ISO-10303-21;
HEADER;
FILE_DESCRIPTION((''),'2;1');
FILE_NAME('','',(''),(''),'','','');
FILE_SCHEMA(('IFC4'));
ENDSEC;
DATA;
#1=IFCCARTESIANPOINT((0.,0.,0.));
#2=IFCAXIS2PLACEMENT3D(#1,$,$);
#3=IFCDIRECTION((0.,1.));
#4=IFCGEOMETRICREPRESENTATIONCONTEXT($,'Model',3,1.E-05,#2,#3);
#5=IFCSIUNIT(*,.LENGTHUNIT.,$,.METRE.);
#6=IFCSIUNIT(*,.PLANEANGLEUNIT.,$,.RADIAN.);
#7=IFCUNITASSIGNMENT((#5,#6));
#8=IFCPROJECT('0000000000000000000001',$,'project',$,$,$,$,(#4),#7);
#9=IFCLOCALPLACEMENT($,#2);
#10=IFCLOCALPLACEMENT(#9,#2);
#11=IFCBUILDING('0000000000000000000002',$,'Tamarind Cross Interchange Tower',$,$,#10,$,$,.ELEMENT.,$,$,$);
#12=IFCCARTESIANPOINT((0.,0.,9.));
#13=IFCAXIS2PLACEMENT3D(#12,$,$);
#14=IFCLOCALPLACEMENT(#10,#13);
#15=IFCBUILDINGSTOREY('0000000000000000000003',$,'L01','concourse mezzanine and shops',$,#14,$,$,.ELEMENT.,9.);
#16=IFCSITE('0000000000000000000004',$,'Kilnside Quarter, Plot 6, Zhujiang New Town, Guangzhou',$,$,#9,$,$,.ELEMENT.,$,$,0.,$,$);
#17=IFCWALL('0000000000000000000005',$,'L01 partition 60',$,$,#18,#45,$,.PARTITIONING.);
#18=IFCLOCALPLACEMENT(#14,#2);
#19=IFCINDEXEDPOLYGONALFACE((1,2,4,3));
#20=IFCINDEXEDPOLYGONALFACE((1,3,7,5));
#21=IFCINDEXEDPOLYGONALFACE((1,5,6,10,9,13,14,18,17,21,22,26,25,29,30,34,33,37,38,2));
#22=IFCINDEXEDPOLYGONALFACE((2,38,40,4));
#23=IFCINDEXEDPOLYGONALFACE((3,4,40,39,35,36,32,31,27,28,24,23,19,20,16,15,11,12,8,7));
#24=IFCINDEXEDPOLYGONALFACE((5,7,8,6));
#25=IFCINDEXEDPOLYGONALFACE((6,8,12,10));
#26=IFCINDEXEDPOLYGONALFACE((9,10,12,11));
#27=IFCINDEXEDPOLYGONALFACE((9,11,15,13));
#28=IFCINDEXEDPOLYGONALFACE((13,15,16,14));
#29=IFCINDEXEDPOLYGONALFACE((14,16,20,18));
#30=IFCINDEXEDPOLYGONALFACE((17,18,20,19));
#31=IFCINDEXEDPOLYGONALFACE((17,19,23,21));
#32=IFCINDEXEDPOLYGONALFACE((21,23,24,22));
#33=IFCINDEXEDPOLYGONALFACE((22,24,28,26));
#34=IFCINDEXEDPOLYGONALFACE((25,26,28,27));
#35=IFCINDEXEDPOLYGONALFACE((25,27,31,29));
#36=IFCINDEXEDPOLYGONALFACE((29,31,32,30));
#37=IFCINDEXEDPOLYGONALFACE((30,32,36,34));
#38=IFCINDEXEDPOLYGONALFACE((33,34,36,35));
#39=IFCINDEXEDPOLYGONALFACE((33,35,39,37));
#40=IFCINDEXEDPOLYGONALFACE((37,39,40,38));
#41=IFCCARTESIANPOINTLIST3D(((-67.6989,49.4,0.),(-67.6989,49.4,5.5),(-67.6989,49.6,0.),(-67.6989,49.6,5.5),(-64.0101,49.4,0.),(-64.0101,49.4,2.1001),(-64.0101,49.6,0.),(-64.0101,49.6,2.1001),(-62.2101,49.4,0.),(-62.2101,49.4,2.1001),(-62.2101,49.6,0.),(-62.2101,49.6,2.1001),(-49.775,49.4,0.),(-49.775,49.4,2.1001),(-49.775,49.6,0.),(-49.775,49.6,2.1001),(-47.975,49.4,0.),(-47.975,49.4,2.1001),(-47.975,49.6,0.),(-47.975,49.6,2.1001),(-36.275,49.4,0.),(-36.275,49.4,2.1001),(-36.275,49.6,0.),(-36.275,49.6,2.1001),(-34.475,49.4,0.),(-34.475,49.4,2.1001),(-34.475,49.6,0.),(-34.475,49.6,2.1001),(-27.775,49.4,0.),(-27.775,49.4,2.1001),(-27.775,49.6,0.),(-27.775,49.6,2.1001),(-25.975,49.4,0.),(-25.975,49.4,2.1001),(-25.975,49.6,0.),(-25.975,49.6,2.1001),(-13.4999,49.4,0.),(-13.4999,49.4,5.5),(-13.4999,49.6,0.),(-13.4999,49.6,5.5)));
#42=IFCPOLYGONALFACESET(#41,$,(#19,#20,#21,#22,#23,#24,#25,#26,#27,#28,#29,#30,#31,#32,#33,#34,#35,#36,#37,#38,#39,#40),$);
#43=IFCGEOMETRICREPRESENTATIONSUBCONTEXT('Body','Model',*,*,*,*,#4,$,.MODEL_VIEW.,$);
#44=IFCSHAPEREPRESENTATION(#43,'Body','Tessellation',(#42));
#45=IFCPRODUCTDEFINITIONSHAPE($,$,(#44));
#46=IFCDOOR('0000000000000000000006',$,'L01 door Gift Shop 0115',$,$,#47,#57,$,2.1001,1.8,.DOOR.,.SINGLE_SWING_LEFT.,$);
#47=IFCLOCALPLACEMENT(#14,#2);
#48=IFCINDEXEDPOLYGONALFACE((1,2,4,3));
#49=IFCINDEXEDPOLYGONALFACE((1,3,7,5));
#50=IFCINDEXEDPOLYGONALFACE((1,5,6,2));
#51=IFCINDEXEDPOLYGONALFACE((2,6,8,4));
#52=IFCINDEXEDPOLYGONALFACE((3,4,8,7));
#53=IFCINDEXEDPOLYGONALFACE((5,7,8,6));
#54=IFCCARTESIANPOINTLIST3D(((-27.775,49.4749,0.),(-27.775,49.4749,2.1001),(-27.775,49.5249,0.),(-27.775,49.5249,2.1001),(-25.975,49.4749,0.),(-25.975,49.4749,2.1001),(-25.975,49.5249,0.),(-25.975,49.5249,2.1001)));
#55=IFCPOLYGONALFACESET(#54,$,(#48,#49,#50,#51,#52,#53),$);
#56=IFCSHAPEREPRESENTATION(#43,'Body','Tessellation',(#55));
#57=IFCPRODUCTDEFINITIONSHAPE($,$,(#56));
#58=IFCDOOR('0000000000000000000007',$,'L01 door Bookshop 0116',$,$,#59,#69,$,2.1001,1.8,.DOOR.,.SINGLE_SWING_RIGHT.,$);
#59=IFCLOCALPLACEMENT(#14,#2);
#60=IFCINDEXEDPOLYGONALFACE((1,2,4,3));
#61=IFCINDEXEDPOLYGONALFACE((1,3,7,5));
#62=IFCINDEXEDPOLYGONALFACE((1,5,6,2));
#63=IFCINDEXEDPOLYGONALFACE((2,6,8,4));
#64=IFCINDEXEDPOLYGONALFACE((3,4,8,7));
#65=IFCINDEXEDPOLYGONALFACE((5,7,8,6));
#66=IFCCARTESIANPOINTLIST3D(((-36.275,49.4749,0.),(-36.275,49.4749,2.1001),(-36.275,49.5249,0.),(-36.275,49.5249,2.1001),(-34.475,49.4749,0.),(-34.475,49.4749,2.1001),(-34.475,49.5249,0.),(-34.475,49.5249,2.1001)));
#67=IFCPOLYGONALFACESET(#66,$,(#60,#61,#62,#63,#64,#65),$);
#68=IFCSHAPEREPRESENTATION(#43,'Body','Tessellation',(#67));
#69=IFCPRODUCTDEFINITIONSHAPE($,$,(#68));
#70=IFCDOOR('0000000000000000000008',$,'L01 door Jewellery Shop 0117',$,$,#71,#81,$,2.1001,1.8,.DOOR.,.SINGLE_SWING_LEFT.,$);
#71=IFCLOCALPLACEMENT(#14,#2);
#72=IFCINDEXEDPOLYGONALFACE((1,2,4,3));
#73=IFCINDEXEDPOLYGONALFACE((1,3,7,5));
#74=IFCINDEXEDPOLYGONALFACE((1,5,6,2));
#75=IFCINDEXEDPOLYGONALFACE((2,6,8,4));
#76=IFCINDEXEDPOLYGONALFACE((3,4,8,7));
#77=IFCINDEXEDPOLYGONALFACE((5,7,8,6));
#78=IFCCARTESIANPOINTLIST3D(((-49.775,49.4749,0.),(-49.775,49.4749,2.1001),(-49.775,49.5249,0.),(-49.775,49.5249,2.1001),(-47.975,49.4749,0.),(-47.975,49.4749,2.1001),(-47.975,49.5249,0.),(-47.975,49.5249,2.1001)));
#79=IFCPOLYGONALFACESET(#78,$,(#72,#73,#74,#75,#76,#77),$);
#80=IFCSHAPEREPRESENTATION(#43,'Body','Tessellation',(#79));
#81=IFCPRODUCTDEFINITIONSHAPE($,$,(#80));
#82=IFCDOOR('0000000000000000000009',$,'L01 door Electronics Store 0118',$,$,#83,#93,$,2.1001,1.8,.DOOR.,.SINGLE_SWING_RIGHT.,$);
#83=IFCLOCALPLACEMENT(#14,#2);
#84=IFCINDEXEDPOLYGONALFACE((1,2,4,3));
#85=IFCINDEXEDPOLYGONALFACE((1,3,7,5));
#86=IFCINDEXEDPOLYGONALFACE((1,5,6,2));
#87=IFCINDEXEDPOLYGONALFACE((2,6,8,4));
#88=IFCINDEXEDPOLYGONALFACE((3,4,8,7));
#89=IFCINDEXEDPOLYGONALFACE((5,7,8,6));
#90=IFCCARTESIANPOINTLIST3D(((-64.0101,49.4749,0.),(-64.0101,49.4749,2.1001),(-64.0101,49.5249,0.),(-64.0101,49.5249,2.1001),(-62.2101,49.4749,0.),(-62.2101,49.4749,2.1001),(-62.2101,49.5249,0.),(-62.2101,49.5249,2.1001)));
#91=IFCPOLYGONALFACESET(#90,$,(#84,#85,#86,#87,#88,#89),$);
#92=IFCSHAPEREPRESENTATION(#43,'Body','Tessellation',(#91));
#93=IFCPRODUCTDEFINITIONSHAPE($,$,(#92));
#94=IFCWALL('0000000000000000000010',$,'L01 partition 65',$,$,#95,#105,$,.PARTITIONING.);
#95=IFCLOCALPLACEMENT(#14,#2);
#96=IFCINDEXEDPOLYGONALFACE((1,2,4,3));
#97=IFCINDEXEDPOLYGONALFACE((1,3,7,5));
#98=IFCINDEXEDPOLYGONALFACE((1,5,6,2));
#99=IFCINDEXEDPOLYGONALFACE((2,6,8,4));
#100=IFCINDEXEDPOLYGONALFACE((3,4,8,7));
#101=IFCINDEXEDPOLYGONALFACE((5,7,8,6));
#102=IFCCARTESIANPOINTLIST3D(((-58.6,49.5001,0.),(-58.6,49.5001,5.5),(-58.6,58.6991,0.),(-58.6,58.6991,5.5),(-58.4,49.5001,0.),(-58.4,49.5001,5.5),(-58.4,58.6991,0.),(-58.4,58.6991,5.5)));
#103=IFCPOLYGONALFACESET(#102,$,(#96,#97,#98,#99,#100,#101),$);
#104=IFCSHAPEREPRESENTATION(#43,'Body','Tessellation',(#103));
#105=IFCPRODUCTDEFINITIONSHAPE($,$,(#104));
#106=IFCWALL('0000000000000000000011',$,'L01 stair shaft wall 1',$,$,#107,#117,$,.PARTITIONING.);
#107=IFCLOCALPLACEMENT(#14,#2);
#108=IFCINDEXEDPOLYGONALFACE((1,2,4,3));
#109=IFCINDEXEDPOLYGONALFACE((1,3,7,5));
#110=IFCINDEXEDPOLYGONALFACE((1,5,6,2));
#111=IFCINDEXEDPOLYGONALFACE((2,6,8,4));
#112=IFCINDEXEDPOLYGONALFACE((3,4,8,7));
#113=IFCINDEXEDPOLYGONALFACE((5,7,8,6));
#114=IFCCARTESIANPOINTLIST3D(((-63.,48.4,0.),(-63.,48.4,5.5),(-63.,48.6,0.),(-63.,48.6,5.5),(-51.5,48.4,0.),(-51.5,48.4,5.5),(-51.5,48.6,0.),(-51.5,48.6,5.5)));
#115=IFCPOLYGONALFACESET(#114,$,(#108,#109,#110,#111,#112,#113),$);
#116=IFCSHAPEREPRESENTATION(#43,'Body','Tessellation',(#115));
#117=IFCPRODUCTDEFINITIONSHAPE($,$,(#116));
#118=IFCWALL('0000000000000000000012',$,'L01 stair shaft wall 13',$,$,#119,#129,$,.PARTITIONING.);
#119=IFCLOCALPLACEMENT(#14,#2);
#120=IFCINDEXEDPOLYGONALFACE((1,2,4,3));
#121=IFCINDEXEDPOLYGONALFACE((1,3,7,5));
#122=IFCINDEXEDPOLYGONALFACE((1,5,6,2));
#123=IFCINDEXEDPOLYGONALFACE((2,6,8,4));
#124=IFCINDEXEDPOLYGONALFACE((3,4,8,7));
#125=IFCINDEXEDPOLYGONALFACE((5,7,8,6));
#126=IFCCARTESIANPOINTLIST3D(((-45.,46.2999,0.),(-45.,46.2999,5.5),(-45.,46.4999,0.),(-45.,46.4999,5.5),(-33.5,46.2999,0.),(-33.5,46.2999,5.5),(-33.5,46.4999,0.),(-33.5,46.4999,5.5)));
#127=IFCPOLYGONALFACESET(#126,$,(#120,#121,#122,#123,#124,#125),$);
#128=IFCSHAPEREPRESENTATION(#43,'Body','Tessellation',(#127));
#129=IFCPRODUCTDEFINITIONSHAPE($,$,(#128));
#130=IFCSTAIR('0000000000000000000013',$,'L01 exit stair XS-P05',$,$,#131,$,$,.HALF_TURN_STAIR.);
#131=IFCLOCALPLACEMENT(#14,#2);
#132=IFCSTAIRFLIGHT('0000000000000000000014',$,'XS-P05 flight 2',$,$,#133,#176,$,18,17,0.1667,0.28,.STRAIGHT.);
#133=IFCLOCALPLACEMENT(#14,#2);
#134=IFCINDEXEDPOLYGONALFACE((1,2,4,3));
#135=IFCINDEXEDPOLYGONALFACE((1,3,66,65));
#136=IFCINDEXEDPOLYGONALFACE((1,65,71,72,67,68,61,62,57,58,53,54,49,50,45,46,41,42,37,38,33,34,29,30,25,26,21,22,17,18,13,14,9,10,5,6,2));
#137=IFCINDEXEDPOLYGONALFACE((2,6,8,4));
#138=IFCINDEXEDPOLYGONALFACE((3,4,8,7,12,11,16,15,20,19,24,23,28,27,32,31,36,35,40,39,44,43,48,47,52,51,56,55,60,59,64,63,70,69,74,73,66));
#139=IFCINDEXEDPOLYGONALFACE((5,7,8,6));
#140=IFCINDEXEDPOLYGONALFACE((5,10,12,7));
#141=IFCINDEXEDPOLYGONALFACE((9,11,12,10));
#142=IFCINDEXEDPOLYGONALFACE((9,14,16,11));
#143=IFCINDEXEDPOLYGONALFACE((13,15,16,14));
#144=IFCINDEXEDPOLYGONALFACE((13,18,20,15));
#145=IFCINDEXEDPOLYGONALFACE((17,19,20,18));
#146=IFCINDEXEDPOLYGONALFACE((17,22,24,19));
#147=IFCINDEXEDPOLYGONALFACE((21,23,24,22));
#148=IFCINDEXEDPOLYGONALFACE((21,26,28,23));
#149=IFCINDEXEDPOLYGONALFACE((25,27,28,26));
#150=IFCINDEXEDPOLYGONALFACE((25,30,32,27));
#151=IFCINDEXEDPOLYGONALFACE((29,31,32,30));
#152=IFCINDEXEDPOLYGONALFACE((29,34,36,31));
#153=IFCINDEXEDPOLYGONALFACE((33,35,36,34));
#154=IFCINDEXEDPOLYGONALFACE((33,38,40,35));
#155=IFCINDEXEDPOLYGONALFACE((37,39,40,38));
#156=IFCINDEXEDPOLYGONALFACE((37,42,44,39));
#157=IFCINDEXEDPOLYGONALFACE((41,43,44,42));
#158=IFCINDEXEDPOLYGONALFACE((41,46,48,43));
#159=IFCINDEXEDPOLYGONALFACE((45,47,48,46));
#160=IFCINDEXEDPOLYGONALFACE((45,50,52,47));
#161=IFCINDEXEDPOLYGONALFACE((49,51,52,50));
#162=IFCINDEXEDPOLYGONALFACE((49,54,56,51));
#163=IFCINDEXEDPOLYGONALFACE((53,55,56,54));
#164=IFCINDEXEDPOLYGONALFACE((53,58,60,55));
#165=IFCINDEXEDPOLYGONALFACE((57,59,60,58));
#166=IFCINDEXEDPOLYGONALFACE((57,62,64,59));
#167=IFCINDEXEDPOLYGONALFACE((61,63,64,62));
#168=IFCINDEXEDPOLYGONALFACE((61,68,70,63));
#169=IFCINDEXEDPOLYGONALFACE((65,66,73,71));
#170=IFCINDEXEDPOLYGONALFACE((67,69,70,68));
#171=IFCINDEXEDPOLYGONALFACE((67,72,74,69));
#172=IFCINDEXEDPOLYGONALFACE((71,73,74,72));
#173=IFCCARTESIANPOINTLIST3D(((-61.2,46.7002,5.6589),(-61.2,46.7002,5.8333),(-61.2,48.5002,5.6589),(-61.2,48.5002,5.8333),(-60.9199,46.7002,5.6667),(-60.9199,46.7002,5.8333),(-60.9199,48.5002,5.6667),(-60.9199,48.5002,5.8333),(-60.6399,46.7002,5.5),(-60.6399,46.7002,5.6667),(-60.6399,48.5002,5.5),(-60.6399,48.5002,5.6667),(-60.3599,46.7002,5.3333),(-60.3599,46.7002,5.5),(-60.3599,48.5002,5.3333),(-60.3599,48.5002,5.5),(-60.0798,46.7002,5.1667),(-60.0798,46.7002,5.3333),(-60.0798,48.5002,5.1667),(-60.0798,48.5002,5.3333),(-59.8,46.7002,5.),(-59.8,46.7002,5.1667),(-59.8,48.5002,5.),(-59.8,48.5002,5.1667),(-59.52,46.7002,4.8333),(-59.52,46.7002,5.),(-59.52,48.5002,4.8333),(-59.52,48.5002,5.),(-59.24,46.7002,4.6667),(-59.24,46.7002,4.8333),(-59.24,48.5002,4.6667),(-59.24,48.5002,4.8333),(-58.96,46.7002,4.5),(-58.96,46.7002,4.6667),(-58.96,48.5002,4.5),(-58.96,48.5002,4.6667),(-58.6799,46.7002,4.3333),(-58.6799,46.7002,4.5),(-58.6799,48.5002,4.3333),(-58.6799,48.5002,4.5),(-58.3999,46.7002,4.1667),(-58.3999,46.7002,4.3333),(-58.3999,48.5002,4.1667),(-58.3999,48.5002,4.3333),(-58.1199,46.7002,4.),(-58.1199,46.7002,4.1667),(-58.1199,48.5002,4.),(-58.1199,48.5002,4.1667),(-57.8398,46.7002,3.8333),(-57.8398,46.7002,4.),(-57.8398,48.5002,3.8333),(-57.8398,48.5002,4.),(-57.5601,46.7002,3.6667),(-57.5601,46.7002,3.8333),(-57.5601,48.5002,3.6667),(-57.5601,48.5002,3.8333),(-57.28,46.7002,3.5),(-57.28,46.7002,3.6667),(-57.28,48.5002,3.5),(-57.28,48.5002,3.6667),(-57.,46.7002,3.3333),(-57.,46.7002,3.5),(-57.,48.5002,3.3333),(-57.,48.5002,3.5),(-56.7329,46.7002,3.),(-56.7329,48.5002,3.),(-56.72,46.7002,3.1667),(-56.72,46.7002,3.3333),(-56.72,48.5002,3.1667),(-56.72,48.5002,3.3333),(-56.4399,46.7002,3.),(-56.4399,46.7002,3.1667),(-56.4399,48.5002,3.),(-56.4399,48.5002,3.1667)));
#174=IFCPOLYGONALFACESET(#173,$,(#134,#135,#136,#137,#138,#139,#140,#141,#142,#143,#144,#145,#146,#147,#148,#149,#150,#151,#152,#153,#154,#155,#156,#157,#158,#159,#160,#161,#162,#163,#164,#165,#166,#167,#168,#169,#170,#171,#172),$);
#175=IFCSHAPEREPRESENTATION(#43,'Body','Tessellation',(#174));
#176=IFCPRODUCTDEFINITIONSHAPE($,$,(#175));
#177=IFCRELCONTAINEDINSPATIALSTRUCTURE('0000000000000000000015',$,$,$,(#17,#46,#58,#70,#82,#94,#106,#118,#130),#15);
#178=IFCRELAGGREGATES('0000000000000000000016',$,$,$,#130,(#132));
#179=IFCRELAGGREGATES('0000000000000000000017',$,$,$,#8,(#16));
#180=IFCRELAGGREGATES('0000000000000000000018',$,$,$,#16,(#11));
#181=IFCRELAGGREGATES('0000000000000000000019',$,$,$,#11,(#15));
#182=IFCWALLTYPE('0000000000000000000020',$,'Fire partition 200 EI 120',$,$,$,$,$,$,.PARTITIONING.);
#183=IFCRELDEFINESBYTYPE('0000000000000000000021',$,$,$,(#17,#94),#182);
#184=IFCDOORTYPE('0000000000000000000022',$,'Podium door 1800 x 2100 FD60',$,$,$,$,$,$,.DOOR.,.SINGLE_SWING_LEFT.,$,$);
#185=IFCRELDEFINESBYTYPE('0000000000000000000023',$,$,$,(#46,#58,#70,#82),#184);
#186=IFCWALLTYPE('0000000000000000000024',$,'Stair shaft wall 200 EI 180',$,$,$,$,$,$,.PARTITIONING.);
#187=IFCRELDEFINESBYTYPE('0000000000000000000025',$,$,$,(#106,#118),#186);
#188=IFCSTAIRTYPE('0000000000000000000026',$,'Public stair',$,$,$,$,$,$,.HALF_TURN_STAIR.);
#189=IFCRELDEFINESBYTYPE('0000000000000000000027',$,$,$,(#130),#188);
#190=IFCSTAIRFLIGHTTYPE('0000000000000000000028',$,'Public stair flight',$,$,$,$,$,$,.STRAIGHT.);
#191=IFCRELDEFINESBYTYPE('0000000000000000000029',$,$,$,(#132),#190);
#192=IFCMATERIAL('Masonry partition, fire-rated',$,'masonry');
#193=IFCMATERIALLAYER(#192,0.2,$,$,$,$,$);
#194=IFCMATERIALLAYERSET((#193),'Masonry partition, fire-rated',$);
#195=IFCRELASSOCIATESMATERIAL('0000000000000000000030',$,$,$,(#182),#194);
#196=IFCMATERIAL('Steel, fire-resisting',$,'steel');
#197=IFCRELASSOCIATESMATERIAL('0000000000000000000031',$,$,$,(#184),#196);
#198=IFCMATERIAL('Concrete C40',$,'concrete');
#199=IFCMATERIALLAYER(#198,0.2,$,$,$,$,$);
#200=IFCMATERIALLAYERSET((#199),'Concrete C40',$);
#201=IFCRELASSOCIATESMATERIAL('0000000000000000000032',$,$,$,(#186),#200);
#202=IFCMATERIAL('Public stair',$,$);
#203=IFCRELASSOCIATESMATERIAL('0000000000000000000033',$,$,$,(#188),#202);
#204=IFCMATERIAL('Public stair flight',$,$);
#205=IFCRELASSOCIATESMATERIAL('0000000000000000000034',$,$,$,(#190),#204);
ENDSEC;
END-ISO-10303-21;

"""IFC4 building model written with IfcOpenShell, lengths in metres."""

from ifc_helpers import new_model, si_unit, direction, frame, frame_2d, origin, place, context, subcontext, project, spatial, polyline, rectangle, outline, extrude, material, layer, layer_set, type_object, element, fill, aggregate, save


model = new_model("IFC4")

# Units and contexts
model_context = context("Model", 3, precision=1e-05, world=origin(), true_north=direction((0.0, 1.0)))
body_context = subcontext(model_context, "Body", "Model", "MODEL_VIEW")
ifc_project = project(units=[si_unit("LENGTHUNIT", "METRE"), si_unit("PLANEANGLEUNIT", "RADIAN")], contexts=[model_context])

# Site, building, storey
site_placement = place(None, origin())
site = spatial("IfcSite", under=ifc_project, at=site_placement, Name="Kilnside Quarter, Plot 6, Zhujiang New Town, Guangzhou", CompositionType="ELEMENT", RefElevation=0.0)
building_placement = place(site_placement, origin())
building = spatial("IfcBuilding", under=site, at=building_placement, Name="Tamarind Cross Interchange Tower", CompositionType="ELEMENT")
storey_placement = place(building_placement, frame((0.0, 0.0, 9.0)))
storey = spatial("IfcBuildingStorey", under=building, at=storey_placement, Name="L01", Description="concourse mezzanine and shops", CompositionType="ELEMENT", Elevation=9.0)

# Wall, openings, doors
ifc_material_1 = material(Name="Masonry partition, fire-rated", Category="masonry")
ifc_layer_1 = layer(ifc_material_1, 0.2)
ifc_layer_set_1 = layer_set([ifc_layer_1], Name="Masonry partition, fire-rated")
wall_type_1 = type_object("IfcWallType", Name="Fire partition 200 EI 120", PredefinedType="PARTITIONING", material=ifc_layer_set_1)
wall_1_placement = place(storey_placement, frame((-67.699, 49.5, 0.0), z_axis=(0.0, 0.0, 1.0), x_axis=(1.0, 0.0, 0.0)))
wall_1 = element("IfcWall", 1, at=wall_1_placement, inside=storey, type_object=wall_type_1, Name="L01 partition 60", PredefinedType="PARTITIONING", context=body_context, shape_type="SweptSolid", body=[
    extrude(rectangle(XDim=54.199, YDim=0.2, at=frame_2d((27.0996, 0.0))), origin(), (0.0, 0.0, 1.0), 5.5),
])
opening_1_placement = place(wall_1_placement, frame((39.9241, 0.0, 0.0)))
opening_1 = element("IfcOpeningElement", 2, at=opening_1_placement, cuts=wall_1, PredefinedType="OPENING", context=body_context, shape_type="SweptSolid", body=[
    extrude(rectangle(XDim=1.8, YDim=2.1001, at=frame_2d((0.8999, 1.05))), frame((0.0, 0.1099, 0.0), z_axis=(0.0, -1.0, 0.0), x_axis=(1.0, 0.0, 0.0)), (0.0, 0.0, 1.0), 0.22),
])
opening_2_placement = place(wall_1_placement, frame((31.4241, 0.0, 0.0)))
opening_2 = element("IfcOpeningElement", 3, at=opening_2_placement, cuts=wall_1, PredefinedType="OPENING", context=body_context, shape_type="SweptSolid", body=[
    extrude(rectangle(XDim=1.8, YDim=2.1001, at=frame_2d((0.8999, 1.05))), frame((0.0, 0.1099, 0.0), z_axis=(0.0, -1.0, 0.0), x_axis=(1.0, 0.0, 0.0)), (0.0, 0.0, 1.0), 0.22),
])
opening_3_placement = place(wall_1_placement, frame((17.9241, 0.0, 0.0)))
opening_3 = element("IfcOpeningElement", 4, at=opening_3_placement, cuts=wall_1, PredefinedType="OPENING", context=body_context, shape_type="SweptSolid", body=[
    extrude(rectangle(XDim=1.8, YDim=2.1001, at=frame_2d((0.8999, 1.05))), frame((0.0, 0.1099, 0.0), z_axis=(0.0, -1.0, 0.0), x_axis=(1.0, 0.0, 0.0)), (0.0, 0.0, 1.0), 0.22),
])
opening_4_placement = place(wall_1_placement, frame((3.689, 0.0, 0.0)))
opening_4 = element("IfcOpeningElement", 5, at=opening_4_placement, cuts=wall_1, PredefinedType="OPENING", context=body_context, shape_type="SweptSolid", body=[
    extrude(rectangle(XDim=1.8, YDim=2.1001, at=frame_2d((0.8999, 1.05))), frame((0.0, 0.1099, 0.0), z_axis=(0.0, -1.0, 0.0), x_axis=(1.0, 0.0, 0.0)), (0.0, 0.0, 1.0), 0.22),
])
ifc_material_2 = material(Name="Steel, fire-resisting", Category="steel")
door_type = type_object("IfcDoorType", Name="Podium door 1800 x 2100 FD60", OperationType="SINGLE_SWING_LEFT", PredefinedType="DOOR", material=ifc_material_2)
door_1_placement = place(opening_1_placement, origin())
door_1 = element("IfcDoor", 6, at=door_1_placement, inside=storey, type_object=door_type, Name="L01 door Gift Shop 0115", OperationType="SINGLE_SWING_LEFT", OverallHeight=2.1001, OverallWidth=1.8, PredefinedType="DOOR", context=body_context, shape_type="SweptSolid", body=[
    extrude(rectangle(XDim=1.8, YDim=2.1001, at=frame_2d((0.8999, 1.05))), frame((0.0, 0.0249, 0.0), z_axis=(0.0, -1.0, 0.0), x_axis=(1.0, 0.0, 0.0)), (0.0, 0.0, 1.0), 0.05),
])
fill(opening_1, door_1)
door_2_placement = place(opening_2_placement, origin())
door_2 = element("IfcDoor", 7, at=door_2_placement, inside=storey, type_object=door_type, Name="L01 door Bookshop 0116", OperationType="SINGLE_SWING_RIGHT", OverallHeight=2.1001, OverallWidth=1.8, PredefinedType="DOOR", context=body_context, shape_type="SweptSolid", body=[
    extrude(rectangle(XDim=1.8, YDim=2.1001, at=frame_2d((0.8999, 1.05))), frame((0.0, 0.0249, 0.0), z_axis=(0.0, -1.0, 0.0), x_axis=(1.0, 0.0, 0.0)), (0.0, 0.0, 1.0), 0.05),
])
fill(opening_2, door_2)
door_3_placement = place(opening_3_placement, origin())
door_3 = element("IfcDoor", 8, at=door_3_placement, inside=storey, type_object=door_type, Name="L01 door Jewellery Shop 0117", OperationType="SINGLE_SWING_LEFT", OverallHeight=2.1001, OverallWidth=1.8, PredefinedType="DOOR", context=body_context, shape_type="SweptSolid", body=[
    extrude(rectangle(XDim=1.8, YDim=2.1001, at=frame_2d((0.8999, 1.05))), frame((0.0, 0.0249, 0.0), z_axis=(0.0, -1.0, 0.0), x_axis=(1.0, 0.0, 0.0)), (0.0, 0.0, 1.0), 0.05),
])
fill(opening_3, door_3)
door_4_placement = place(opening_4_placement, origin())
door_4 = element("IfcDoor", 9, at=door_4_placement, inside=storey, type_object=door_type, Name="L01 door Electronics Store 0118", OperationType="SINGLE_SWING_RIGHT", OverallHeight=2.1001, OverallWidth=1.8, PredefinedType="DOOR", context=body_context, shape_type="SweptSolid", body=[
    extrude(rectangle(XDim=1.8, YDim=2.1001, at=frame_2d((0.8999, 1.05))), frame((0.0, 0.0249, 0.0), z_axis=(0.0, -1.0, 0.0), x_axis=(1.0, 0.0, 0.0)), (0.0, 0.0, 1.0), 0.05),
])
fill(opening_4, door_4)

# Walls
wall_2_placement = place(storey_placement, frame((-58.5, 49.5, 0.0), z_axis=(0.0, 0.0, 1.0), x_axis=(0.0, 1.0, 0.0)))
element("IfcWall", 10, at=wall_2_placement, inside=storey, type_object=wall_type_1, Name="L01 partition 65", PredefinedType="PARTITIONING", context=body_context, shape_type="SweptSolid", body=[
    extrude(rectangle(XDim=9.199, YDim=0.2, at=frame_2d((4.5996, 0.0))), origin(), (0.0, 0.0, 1.0), 5.5),
])
ifc_material_3 = material(Name="Concrete C40", Category="concrete")
ifc_layer_2 = layer(ifc_material_3, 0.2)
ifc_layer_set_2 = layer_set([ifc_layer_2], Name="Concrete C40")
wall_type_2 = type_object("IfcWallType", Name="Stair shaft wall 200 EI 180", PredefinedType="PARTITIONING", material=ifc_layer_set_2)
for number, where, z_axis, x_axis, name in (
    (11, (-63.0, 48.5, 0.0), (0.0, 0.0, 1.0), (1.0, 0.0, 0.0), "L01 stair shaft wall 1"),
    (12, (-45.0, 46.3999, 0.0), (0.0, 0.0, 1.0), (1.0, 0.0, 0.0), "L01 stair shaft wall 13"),
):
    element("IfcWall", number, at=place(storey_placement, frame(where, z_axis=z_axis, x_axis=x_axis)), inside=storey, type_object=wall_type_2, Name=name, PredefinedType="PARTITIONING", context=body_context, shape_type="SweptSolid", body=[
        extrude(rectangle(XDim=11.5, YDim=0.2, at=frame_2d((5.75, 0.0))), origin(), (0.0, 0.0, 1.0), 5.5),
    ])

# Stair, stair flight
ifc_material_4 = material(Name="Public stair")
stair_type = type_object("IfcStairType", Name="Public stair", PredefinedType="HALF_TURN_STAIR", material=ifc_material_4)
stair_placement = place(storey_placement, origin())
stair = element("IfcStair", 13, at=stair_placement, inside=storey, type_object=stair_type, Name="L01 exit stair XS-P05", PredefinedType="HALF_TURN_STAIR")
ifc_material_5 = material(Name="Public stair flight")
stair_flight_type = type_object("IfcStairFlightType", Name="Public stair flight", PredefinedType="STRAIGHT", material=ifc_material_5)
stair_flight_placement = place(storey_placement, frame((-56.4399, 47.6001, 3.0), z_axis=(0.0, 0.0, 1.0), x_axis=(-1.0, 0.0, 0.0)))
stair_flight = element("IfcStairFlight", 14, at=stair_flight_placement, type_object=stair_flight_type, Name="XS-P05 flight 2", NumberOfRisers=18, NumberOfTreads=17, PredefinedType="STRAIGHT", RiserHeight=0.1667, TreadLength=0.28, context=body_context, shape_type="SweptSolid", body=[
    extrude(outline(polyline([(0.0, 0.0), (0.0, 0.1667), (0.28, 0.1667), (0.28, 0.3333), (0.5601, 0.3333), (0.5601, 0.5), (0.8401, 0.5), (0.8401, 0.6667), (1.1201, 0.6667), (1.1201, 0.8333), (1.3999, 0.8333), (1.3999, 1.0), (1.6799, 1.0), (1.6799, 1.1667), (1.96, 1.1667), (1.96, 1.3333), (2.24, 1.3333), (2.24, 1.5), (2.52, 1.5), (2.52, 1.6667), (2.8, 1.6667), (2.8, 1.8333), (3.0801, 1.8333), (3.0801, 2.0), (3.3601, 2.0), (3.3601, 2.1667), (3.6399, 2.1667), (3.6399, 2.3333), (3.9199, 2.3333), (3.9199, 2.5), (4.2, 2.5), (4.2, 2.6667), (4.48, 2.6667), (4.48, 2.8333), (4.76, 2.8333), (4.76, 3.0), (4.76, 2.6589), (0.293, 0.0), (0.0, 0.0)])), frame((0.0, 0.8999, 0.0), z_axis=(0.0, -1.0, 0.0), x_axis=(1.0, 0.0, 0.0)), (0.0, 0.0, 1.0), 1.8),
])
aggregate(stair, [stair_flight])

save(model, "model.ifc")
